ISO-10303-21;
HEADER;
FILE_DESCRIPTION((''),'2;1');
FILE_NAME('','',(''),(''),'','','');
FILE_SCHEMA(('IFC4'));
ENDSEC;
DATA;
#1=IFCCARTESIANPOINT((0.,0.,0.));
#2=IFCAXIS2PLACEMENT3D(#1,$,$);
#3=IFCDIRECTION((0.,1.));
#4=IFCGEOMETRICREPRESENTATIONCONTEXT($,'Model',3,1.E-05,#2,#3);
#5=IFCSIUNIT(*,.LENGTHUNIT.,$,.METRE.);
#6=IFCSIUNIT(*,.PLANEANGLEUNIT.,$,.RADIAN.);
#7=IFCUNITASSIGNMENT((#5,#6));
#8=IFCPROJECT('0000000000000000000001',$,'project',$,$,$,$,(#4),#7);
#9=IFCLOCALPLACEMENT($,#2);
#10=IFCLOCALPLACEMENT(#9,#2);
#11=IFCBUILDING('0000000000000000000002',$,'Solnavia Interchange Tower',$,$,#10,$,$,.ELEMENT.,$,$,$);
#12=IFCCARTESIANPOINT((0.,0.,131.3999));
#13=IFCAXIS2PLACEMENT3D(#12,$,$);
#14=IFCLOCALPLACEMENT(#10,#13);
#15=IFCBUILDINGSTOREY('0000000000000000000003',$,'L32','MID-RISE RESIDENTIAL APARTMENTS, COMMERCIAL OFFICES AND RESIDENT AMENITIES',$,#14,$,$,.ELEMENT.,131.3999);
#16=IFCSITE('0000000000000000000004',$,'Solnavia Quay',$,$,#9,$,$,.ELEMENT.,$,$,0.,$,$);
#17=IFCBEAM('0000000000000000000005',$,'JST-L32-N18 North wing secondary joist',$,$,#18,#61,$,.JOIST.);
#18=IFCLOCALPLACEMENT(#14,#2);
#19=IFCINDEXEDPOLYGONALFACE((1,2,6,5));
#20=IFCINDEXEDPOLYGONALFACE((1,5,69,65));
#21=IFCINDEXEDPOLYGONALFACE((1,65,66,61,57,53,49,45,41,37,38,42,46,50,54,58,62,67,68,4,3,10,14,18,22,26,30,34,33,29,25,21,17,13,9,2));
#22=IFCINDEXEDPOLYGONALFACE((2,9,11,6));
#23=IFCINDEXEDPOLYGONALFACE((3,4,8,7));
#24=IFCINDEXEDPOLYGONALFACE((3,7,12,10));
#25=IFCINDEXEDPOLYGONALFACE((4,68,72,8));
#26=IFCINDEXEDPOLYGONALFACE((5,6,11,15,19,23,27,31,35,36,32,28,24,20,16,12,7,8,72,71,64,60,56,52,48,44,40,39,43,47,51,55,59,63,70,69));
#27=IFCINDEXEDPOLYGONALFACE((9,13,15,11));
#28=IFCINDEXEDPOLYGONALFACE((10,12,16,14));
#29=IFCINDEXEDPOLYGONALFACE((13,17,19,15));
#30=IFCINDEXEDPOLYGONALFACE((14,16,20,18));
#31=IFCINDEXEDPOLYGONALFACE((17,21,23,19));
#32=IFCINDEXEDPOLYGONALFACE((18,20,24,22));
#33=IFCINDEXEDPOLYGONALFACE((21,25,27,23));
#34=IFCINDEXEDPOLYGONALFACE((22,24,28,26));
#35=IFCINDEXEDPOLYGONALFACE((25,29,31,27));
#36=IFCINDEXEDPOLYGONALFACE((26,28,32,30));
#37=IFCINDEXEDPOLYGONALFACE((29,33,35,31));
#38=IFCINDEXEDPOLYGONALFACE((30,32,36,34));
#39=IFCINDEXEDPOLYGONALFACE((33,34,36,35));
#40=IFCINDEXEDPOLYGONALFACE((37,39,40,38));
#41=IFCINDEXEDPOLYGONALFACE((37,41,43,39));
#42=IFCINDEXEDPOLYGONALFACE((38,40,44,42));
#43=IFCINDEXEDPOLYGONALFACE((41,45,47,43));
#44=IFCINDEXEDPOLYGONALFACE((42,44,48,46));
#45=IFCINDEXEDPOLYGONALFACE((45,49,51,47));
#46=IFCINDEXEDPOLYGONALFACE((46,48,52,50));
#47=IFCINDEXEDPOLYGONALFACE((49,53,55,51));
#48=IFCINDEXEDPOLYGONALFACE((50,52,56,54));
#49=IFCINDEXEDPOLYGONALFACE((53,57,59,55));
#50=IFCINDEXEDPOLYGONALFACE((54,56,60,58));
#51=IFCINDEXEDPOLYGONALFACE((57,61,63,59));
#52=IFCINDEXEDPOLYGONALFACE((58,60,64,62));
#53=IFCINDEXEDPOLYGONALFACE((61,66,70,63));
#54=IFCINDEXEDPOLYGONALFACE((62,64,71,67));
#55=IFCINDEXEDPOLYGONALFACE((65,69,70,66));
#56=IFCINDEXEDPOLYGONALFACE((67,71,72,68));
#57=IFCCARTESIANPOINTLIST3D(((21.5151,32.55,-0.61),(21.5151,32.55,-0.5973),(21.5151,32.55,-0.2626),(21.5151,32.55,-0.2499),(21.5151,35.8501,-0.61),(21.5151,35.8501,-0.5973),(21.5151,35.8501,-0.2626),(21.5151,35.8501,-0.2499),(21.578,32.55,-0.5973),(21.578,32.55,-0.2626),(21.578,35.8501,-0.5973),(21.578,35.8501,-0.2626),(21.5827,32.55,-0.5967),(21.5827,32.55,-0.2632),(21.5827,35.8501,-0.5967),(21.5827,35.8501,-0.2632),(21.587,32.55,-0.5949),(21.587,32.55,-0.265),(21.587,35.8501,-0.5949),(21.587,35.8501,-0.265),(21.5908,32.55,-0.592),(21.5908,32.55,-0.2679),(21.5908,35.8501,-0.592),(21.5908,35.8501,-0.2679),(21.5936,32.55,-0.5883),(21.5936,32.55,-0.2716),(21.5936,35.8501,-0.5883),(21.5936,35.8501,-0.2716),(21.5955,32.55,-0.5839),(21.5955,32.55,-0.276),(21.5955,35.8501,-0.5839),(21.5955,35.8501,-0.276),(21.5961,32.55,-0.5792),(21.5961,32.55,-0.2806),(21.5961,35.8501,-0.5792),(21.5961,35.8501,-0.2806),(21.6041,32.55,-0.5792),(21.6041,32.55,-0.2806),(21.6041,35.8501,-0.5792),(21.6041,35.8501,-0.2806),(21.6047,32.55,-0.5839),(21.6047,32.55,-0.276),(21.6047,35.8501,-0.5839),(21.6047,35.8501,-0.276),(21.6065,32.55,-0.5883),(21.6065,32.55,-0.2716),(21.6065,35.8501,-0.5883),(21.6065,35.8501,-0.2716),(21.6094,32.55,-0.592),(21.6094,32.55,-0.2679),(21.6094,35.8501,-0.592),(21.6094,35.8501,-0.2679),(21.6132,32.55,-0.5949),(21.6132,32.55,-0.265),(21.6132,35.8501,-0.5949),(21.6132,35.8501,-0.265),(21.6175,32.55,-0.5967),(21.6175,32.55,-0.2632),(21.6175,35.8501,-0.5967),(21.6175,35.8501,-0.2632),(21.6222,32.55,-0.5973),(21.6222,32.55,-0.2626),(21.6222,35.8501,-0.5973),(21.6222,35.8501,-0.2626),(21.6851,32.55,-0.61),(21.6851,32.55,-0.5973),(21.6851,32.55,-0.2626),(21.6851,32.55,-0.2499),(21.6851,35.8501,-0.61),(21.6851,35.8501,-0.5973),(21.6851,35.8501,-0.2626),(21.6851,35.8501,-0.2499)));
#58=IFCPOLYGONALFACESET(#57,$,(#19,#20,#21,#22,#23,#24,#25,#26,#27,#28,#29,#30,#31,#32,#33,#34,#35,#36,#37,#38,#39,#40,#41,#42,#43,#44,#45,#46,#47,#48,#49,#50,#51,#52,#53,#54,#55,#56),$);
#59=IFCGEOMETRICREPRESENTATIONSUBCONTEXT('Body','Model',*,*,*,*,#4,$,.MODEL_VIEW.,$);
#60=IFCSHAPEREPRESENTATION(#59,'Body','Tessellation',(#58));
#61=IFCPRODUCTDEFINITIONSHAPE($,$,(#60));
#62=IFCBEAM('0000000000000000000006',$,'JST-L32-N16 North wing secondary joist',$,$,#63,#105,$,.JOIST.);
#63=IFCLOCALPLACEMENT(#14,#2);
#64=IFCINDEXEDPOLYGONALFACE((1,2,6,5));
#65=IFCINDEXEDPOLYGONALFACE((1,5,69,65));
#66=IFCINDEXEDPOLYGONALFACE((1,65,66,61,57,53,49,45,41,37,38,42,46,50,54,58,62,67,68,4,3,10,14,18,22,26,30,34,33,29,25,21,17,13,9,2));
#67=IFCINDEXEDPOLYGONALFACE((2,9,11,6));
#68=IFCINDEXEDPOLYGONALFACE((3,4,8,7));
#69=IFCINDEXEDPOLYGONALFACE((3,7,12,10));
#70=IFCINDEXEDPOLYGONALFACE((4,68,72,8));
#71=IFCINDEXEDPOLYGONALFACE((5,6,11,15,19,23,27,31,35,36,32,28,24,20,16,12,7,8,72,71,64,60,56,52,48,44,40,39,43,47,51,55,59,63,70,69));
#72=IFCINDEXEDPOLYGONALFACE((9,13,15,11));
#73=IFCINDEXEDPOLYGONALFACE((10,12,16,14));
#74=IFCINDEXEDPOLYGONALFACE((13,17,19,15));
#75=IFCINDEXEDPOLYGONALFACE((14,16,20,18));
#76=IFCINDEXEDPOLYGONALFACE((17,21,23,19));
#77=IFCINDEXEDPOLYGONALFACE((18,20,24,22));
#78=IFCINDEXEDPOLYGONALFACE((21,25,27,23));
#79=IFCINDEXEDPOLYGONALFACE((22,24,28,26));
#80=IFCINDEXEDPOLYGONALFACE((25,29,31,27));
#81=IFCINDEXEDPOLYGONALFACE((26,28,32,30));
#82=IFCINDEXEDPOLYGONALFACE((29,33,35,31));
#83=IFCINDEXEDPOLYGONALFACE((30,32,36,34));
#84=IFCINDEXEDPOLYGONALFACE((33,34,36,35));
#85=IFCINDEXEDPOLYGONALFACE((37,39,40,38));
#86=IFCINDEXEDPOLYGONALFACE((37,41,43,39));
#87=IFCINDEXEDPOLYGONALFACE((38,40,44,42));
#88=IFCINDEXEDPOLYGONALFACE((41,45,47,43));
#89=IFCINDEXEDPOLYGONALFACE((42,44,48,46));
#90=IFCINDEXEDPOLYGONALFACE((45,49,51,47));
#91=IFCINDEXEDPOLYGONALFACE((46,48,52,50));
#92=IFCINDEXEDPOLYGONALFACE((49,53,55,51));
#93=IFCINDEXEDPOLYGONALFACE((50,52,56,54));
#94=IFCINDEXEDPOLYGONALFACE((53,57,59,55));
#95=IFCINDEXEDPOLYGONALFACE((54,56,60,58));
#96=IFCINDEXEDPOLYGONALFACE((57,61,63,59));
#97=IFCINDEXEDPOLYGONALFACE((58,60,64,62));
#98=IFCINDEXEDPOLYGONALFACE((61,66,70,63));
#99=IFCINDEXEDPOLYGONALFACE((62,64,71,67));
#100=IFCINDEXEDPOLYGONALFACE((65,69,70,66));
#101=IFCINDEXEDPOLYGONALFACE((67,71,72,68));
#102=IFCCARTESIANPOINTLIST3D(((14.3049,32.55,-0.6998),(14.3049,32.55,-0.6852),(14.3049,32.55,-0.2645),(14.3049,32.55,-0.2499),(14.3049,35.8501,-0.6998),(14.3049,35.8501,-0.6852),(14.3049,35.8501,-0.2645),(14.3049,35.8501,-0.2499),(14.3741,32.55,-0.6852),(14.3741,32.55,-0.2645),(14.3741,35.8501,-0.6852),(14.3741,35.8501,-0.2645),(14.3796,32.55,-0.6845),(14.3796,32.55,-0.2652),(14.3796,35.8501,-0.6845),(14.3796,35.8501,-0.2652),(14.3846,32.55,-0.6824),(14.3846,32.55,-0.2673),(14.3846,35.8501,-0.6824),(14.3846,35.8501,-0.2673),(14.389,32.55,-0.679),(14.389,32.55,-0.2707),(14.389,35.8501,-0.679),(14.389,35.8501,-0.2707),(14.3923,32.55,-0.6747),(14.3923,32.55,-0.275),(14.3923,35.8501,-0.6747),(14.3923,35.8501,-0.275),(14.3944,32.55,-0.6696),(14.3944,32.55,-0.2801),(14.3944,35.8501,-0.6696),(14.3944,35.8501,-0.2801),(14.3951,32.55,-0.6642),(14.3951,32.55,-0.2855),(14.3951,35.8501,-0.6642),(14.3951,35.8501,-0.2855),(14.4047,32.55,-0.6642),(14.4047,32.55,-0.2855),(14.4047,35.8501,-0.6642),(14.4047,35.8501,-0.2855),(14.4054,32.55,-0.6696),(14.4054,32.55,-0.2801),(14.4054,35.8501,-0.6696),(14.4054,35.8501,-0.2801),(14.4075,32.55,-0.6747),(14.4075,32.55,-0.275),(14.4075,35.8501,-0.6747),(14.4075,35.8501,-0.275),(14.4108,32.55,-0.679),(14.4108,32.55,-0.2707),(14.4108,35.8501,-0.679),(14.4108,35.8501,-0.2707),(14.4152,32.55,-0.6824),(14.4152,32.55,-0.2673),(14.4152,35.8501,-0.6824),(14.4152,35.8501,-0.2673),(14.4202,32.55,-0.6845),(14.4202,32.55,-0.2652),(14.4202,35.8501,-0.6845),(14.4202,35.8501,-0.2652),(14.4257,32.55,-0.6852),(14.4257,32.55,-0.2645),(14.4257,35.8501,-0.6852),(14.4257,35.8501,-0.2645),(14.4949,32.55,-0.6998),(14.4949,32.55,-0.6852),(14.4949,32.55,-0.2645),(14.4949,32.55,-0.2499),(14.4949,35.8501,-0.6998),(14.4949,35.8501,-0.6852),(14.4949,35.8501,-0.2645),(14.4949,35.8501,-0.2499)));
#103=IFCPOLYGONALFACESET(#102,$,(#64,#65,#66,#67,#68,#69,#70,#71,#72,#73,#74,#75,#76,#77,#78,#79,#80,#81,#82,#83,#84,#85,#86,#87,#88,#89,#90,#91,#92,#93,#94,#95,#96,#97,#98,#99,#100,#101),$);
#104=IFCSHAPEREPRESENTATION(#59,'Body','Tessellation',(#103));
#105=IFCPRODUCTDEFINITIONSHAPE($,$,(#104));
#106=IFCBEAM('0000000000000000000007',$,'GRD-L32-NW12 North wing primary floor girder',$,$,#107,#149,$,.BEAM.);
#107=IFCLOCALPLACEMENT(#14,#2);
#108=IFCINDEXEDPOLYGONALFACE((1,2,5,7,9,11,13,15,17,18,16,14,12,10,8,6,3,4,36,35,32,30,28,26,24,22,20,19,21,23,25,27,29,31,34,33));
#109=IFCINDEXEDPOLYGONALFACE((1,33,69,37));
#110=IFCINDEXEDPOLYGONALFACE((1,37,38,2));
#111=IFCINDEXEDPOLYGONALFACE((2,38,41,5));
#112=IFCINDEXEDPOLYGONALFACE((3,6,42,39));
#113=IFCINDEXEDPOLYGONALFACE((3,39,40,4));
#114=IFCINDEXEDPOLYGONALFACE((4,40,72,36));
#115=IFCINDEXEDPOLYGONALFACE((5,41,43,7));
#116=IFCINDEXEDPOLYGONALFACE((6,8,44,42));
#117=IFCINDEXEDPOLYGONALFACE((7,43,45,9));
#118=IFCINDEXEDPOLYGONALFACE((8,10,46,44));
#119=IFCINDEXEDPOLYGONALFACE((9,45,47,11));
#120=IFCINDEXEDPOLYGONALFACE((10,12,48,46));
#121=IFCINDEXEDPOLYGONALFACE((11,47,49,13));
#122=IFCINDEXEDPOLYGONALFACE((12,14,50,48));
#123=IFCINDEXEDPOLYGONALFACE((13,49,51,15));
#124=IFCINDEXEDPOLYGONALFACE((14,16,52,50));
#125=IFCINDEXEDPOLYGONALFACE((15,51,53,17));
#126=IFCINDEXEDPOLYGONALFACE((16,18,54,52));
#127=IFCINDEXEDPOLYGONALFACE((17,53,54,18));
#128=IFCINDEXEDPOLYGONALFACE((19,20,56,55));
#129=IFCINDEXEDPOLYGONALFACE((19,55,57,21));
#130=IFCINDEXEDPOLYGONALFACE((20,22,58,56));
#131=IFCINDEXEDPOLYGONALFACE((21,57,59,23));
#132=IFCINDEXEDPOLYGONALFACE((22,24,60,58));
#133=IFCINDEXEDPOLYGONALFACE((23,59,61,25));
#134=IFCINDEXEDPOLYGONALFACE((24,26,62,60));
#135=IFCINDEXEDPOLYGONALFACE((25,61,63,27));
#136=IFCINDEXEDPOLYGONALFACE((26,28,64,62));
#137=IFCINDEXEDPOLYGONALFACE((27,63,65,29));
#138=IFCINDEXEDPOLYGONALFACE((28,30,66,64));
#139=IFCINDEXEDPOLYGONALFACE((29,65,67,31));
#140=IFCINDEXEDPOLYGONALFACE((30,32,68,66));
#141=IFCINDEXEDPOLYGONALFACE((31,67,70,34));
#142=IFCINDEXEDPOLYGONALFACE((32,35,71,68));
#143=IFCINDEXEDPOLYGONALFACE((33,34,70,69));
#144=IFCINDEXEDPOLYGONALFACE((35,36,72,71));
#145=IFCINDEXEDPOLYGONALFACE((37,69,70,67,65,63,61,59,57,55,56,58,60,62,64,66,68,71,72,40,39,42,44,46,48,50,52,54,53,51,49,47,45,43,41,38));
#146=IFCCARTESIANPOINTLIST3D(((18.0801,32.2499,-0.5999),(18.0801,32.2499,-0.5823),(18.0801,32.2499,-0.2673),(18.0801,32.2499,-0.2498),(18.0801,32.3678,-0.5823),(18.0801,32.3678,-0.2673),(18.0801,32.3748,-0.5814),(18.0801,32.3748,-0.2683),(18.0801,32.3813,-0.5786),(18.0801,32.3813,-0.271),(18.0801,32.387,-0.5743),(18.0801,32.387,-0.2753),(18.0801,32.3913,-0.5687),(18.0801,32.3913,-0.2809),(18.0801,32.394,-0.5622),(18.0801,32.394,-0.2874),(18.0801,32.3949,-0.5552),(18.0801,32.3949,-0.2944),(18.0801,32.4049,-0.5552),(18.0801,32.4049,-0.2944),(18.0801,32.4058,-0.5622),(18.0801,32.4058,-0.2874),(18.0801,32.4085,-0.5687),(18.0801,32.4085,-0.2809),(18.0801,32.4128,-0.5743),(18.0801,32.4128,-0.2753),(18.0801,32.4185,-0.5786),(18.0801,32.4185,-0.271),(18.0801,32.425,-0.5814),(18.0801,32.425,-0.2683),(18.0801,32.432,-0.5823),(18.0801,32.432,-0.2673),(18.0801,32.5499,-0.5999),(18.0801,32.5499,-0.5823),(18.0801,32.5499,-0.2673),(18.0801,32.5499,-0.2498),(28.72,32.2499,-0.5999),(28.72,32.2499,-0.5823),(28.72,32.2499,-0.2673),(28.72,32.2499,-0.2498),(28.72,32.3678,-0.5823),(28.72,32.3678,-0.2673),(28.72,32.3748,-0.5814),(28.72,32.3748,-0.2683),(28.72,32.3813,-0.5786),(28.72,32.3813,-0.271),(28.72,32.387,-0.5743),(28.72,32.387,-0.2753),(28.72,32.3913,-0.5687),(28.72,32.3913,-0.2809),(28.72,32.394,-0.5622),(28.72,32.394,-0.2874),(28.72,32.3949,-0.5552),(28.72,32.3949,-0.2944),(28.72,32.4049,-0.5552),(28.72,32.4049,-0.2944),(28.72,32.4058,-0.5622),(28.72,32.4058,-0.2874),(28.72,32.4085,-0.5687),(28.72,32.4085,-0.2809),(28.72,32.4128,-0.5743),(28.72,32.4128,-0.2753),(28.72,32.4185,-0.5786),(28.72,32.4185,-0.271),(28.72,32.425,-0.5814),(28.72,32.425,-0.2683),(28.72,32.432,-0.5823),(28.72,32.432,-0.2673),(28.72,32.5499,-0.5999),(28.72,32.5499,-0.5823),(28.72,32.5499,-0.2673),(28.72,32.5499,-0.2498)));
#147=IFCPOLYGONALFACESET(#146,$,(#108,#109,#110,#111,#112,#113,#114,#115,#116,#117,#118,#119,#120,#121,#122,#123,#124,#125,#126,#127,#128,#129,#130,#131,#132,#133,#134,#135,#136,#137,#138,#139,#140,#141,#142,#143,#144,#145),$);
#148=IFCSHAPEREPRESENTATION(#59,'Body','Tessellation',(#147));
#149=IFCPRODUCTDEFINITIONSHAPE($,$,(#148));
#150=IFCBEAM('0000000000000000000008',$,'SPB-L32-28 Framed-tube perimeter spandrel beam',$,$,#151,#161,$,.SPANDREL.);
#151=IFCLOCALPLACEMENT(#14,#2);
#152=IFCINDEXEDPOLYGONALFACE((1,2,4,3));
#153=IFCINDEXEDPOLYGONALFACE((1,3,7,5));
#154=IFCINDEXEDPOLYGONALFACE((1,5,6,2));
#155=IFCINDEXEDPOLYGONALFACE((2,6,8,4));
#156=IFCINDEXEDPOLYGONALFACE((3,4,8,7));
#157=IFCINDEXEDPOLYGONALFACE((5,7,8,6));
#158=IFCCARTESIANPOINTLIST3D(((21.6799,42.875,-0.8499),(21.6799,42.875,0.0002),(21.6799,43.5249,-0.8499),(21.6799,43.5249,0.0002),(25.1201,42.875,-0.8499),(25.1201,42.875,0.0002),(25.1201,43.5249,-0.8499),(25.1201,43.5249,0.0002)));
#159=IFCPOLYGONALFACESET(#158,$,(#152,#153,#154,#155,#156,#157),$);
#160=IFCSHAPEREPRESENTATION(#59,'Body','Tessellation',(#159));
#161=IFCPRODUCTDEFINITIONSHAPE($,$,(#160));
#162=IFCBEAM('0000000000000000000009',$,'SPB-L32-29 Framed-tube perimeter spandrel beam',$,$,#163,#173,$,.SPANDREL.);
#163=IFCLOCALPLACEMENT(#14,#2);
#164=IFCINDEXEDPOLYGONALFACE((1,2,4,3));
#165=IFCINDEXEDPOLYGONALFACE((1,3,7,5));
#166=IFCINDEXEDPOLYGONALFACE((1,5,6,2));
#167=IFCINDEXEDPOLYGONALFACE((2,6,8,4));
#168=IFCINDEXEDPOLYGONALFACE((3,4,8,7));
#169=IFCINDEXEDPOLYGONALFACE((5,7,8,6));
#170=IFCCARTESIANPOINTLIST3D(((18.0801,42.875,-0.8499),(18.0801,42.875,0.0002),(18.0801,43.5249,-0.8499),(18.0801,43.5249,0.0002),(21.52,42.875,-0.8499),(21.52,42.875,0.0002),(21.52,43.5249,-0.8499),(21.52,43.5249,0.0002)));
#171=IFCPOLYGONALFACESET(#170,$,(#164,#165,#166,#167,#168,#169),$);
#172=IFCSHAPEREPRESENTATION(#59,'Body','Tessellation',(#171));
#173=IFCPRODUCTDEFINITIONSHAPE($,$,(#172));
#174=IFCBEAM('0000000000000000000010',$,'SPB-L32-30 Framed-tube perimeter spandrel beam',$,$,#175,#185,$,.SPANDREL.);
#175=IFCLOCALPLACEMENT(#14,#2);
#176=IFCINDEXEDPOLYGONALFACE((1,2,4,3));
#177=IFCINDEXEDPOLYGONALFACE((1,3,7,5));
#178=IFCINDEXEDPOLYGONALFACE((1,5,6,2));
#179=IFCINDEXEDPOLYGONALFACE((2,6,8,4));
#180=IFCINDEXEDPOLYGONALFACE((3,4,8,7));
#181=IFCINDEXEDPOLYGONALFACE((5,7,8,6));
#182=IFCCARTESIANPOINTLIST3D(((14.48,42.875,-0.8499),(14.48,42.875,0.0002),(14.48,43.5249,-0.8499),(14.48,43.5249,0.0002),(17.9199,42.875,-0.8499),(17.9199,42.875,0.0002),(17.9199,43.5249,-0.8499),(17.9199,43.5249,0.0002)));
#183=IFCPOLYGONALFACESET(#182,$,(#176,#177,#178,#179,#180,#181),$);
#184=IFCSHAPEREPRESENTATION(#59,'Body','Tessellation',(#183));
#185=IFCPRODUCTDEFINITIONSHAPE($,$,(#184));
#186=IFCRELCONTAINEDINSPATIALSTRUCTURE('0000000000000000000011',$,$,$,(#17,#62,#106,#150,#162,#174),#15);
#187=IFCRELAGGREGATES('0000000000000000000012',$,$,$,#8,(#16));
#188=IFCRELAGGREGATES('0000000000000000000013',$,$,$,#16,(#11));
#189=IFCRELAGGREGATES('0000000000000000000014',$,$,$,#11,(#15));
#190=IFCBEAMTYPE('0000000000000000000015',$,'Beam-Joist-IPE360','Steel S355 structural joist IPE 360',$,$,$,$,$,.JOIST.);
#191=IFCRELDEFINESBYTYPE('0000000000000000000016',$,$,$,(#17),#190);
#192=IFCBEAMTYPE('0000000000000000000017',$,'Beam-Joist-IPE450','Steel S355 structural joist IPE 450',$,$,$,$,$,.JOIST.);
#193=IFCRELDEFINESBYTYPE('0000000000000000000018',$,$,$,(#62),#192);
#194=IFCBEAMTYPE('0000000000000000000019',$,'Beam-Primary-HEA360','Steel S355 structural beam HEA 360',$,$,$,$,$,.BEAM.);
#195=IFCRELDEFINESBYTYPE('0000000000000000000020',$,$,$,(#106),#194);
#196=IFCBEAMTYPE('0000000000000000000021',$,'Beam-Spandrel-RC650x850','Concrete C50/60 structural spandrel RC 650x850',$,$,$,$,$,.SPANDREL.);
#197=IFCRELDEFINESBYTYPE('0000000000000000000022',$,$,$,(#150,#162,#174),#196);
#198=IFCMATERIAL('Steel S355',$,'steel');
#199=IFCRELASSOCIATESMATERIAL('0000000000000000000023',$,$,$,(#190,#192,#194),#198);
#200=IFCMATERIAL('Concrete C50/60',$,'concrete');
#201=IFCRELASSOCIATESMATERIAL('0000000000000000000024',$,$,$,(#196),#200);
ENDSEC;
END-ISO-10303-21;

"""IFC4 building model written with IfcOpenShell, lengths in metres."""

from ifc_helpers import new_model, si_unit, direction, frame, origin, origin_2d, place, context, subcontext, project, spatial, rectangle, i_section, extrude, material, material_profile, profile_set, type_object, element, save


model = new_model("IFC4")

# Units and contexts
model_context = context("Model", 3, precision=1e-05, world=origin(), true_north=direction((0.0, 1.0)))
body_context = subcontext(model_context, "Body", "Model", "MODEL_VIEW")
ifc_project = project(units=[si_unit("LENGTHUNIT", "METRE"), si_unit("PLANEANGLEUNIT", "RADIAN")], contexts=[model_context])

# Site, building, storey
site_placement = place(None, origin())
site = spatial("IfcSite", under=ifc_project, at=site_placement, Name="Solnavia Quay", CompositionType="ELEMENT", RefElevation=0.0)
building_placement = place(site_placement, origin())
building = spatial("IfcBuilding", under=site, at=building_placement, Name="Solnavia Interchange Tower", CompositionType="ELEMENT")
storey_placement = place(building_placement, frame((0.0, 0.0, 131.3999)))
storey = spatial("IfcBuildingStorey", under=building, at=storey_placement, Name="L32", Description="MID-RISE RESIDENTIAL APARTMENTS, COMMERCIAL OFFICES AND RESIDENT AMENITIES", CompositionType="ELEMENT", Elevation=131.3999)

# Shared definitions
ifc_material_1 = material(Name="Concrete C50/60", Category="concrete")
ifc_material_2 = material(Name="Steel S355", Category="steel")

# Beams
ifc_material_profile_1 = material_profile(ifc_material_2, i_section(OverallWidth=0.1699, OverallDepth=0.3601, WebThickness=0.0081, FlangeThickness=0.0127, FilletRadius=0.0181, at=origin_2d()), Name="IPE 360")
ifc_profile_set_1 = profile_set([ifc_material_profile_1], Name="Steel S355")
beam_type_1 = type_object("IfcBeamType", Name="Beam-Joist-IPE360", Description="Steel S355 structural joist IPE 360", PredefinedType="JOIST", material=ifc_profile_set_1)
beam_1_placement = place(storey_placement, frame((21.6001, 32.55, -0.4299), z_axis=(0.0, 1.0, 0.0), x_axis=(-1.0, 0.0, 0.0)))
element("IfcBeam", 1, at=beam_1_placement, inside=storey, type_object=beam_type_1, Name="JST-L32-N18 North wing secondary joist", PredefinedType="JOIST", context=body_context, shape_type="SweptSolid", body=[
    extrude(i_section(OverallWidth=0.1699, OverallDepth=0.3601, WebThickness=0.0081, FlangeThickness=0.0127, FilletRadius=0.0181, at=origin_2d()), origin(), (0.0, 0.0, 1.0), 3.3),
])
ifc_material_profile_2 = material_profile(ifc_material_2, i_section(OverallWidth=0.1899, OverallDepth=0.45, WebThickness=0.0095, FlangeThickness=0.0146, FilletRadius=0.021, at=origin_2d()), Name="IPE 450")
ifc_profile_set_2 = profile_set([ifc_material_profile_2], Name="Steel S355")
beam_type_2 = type_object("IfcBeamType", Name="Beam-Joist-IPE450", Description="Steel S355 structural joist IPE 450", PredefinedType="JOIST", material=ifc_profile_set_2)
beam_2_placement = place(storey_placement, frame((14.3999, 32.55, -0.4749), z_axis=(0.0, 1.0, 0.0), x_axis=(-1.0, 0.0, 0.0)))
element("IfcBeam", 2, at=beam_2_placement, inside=storey, type_object=beam_type_2, Name="JST-L32-N16 North wing secondary joist", PredefinedType="JOIST", context=body_context, shape_type="SweptSolid", body=[
    extrude(i_section(OverallWidth=0.1899, OverallDepth=0.45, WebThickness=0.0095, FlangeThickness=0.0146, FilletRadius=0.021, at=origin_2d()), origin(), (0.0, 0.0, 1.0), 3.3),
])
ifc_material_profile_3 = material_profile(ifc_material_2, i_section(OverallWidth=0.3, OverallDepth=0.3501, WebThickness=0.01, FlangeThickness=0.0176, FilletRadius=0.0271, at=origin_2d()), Name="HEA 360")
ifc_profile_set_3 = profile_set([ifc_material_profile_3], Name="Steel S355")
beam_type_3 = type_object("IfcBeamType", Name="Beam-Primary-HEA360", Description="Steel S355 structural beam HEA 360", PredefinedType="BEAM", material=ifc_profile_set_3)
beam_3_placement = place(storey_placement, frame((18.0801, 32.3999, -0.4248), z_axis=(1.0, 0.0, 0.0), x_axis=(0.0, 1.0, 0.0)))
element("IfcBeam", 3, at=beam_3_placement, inside=storey, type_object=beam_type_3, Name="GRD-L32-NW12 North wing primary floor girder", PredefinedType="BEAM", context=body_context, shape_type="SweptSolid", body=[
    extrude(i_section(OverallWidth=0.3, OverallDepth=0.3501, WebThickness=0.01, FlangeThickness=0.0176, FilletRadius=0.0271, at=origin_2d()), origin(), (0.0, 0.0, 1.0), 10.6399),
])
ifc_material_profile_4 = material_profile(ifc_material_1, rectangle(XDim=0.6499, YDim=0.8501, at=origin_2d()), Name="RC 650x850")
ifc_profile_set_4 = profile_set([ifc_material_profile_4], Name="Concrete C50/60")
beam_type_4 = type_object("IfcBeamType", Name="Beam-Spandrel-RC650x850", Description="Concrete C50/60 structural spandrel RC 650x850", PredefinedType="SPANDREL", material=ifc_profile_set_4)
beam_4_placement = place(storey_placement, frame((25.1201, 43.2, -0.4248), z_axis=(-1.0, 0.0, 0.0), x_axis=(0.0, -1.0, 0.0)))
element("IfcBeam", 4, at=beam_4_placement, inside=storey, type_object=beam_type_4, Name="SPB-L32-28 Framed-tube perimeter spandrel beam", PredefinedType="SPANDREL", context=body_context, shape_type="SweptSolid", body=[
    extrude(rectangle(XDim=0.6499, YDim=0.8501, at=origin_2d()), origin(), (0.0, 0.0, 1.0), 3.4402),
])
for number, where, z_axis, x_axis, name in (
    (5, (21.52, 43.2, -0.4248), (-1.0, 0.0, 0.0), (0.0, -1.0, 0.0), "SPB-L32-29 Framed-tube perimeter spandrel beam"),
    (6, (17.9199, 43.2, -0.4248), (-1.0, 0.0, 0.0), (0.0, -1.0, 0.0), "SPB-L32-30 Framed-tube perimeter spandrel beam"),
):
    element("IfcBeam", number, at=place(storey_placement, frame(where, z_axis=z_axis, x_axis=x_axis)), inside=storey, type_object=beam_type_4, Name=name, PredefinedType="SPANDREL", context=body_context, shape_type="SweptSolid", body=[
        extrude(rectangle(XDim=0.6499, YDim=0.8501, at=origin_2d()), origin(), (0.0, 0.0, 1.0), 3.4399),
    ])

save(model, "model.ifc")
